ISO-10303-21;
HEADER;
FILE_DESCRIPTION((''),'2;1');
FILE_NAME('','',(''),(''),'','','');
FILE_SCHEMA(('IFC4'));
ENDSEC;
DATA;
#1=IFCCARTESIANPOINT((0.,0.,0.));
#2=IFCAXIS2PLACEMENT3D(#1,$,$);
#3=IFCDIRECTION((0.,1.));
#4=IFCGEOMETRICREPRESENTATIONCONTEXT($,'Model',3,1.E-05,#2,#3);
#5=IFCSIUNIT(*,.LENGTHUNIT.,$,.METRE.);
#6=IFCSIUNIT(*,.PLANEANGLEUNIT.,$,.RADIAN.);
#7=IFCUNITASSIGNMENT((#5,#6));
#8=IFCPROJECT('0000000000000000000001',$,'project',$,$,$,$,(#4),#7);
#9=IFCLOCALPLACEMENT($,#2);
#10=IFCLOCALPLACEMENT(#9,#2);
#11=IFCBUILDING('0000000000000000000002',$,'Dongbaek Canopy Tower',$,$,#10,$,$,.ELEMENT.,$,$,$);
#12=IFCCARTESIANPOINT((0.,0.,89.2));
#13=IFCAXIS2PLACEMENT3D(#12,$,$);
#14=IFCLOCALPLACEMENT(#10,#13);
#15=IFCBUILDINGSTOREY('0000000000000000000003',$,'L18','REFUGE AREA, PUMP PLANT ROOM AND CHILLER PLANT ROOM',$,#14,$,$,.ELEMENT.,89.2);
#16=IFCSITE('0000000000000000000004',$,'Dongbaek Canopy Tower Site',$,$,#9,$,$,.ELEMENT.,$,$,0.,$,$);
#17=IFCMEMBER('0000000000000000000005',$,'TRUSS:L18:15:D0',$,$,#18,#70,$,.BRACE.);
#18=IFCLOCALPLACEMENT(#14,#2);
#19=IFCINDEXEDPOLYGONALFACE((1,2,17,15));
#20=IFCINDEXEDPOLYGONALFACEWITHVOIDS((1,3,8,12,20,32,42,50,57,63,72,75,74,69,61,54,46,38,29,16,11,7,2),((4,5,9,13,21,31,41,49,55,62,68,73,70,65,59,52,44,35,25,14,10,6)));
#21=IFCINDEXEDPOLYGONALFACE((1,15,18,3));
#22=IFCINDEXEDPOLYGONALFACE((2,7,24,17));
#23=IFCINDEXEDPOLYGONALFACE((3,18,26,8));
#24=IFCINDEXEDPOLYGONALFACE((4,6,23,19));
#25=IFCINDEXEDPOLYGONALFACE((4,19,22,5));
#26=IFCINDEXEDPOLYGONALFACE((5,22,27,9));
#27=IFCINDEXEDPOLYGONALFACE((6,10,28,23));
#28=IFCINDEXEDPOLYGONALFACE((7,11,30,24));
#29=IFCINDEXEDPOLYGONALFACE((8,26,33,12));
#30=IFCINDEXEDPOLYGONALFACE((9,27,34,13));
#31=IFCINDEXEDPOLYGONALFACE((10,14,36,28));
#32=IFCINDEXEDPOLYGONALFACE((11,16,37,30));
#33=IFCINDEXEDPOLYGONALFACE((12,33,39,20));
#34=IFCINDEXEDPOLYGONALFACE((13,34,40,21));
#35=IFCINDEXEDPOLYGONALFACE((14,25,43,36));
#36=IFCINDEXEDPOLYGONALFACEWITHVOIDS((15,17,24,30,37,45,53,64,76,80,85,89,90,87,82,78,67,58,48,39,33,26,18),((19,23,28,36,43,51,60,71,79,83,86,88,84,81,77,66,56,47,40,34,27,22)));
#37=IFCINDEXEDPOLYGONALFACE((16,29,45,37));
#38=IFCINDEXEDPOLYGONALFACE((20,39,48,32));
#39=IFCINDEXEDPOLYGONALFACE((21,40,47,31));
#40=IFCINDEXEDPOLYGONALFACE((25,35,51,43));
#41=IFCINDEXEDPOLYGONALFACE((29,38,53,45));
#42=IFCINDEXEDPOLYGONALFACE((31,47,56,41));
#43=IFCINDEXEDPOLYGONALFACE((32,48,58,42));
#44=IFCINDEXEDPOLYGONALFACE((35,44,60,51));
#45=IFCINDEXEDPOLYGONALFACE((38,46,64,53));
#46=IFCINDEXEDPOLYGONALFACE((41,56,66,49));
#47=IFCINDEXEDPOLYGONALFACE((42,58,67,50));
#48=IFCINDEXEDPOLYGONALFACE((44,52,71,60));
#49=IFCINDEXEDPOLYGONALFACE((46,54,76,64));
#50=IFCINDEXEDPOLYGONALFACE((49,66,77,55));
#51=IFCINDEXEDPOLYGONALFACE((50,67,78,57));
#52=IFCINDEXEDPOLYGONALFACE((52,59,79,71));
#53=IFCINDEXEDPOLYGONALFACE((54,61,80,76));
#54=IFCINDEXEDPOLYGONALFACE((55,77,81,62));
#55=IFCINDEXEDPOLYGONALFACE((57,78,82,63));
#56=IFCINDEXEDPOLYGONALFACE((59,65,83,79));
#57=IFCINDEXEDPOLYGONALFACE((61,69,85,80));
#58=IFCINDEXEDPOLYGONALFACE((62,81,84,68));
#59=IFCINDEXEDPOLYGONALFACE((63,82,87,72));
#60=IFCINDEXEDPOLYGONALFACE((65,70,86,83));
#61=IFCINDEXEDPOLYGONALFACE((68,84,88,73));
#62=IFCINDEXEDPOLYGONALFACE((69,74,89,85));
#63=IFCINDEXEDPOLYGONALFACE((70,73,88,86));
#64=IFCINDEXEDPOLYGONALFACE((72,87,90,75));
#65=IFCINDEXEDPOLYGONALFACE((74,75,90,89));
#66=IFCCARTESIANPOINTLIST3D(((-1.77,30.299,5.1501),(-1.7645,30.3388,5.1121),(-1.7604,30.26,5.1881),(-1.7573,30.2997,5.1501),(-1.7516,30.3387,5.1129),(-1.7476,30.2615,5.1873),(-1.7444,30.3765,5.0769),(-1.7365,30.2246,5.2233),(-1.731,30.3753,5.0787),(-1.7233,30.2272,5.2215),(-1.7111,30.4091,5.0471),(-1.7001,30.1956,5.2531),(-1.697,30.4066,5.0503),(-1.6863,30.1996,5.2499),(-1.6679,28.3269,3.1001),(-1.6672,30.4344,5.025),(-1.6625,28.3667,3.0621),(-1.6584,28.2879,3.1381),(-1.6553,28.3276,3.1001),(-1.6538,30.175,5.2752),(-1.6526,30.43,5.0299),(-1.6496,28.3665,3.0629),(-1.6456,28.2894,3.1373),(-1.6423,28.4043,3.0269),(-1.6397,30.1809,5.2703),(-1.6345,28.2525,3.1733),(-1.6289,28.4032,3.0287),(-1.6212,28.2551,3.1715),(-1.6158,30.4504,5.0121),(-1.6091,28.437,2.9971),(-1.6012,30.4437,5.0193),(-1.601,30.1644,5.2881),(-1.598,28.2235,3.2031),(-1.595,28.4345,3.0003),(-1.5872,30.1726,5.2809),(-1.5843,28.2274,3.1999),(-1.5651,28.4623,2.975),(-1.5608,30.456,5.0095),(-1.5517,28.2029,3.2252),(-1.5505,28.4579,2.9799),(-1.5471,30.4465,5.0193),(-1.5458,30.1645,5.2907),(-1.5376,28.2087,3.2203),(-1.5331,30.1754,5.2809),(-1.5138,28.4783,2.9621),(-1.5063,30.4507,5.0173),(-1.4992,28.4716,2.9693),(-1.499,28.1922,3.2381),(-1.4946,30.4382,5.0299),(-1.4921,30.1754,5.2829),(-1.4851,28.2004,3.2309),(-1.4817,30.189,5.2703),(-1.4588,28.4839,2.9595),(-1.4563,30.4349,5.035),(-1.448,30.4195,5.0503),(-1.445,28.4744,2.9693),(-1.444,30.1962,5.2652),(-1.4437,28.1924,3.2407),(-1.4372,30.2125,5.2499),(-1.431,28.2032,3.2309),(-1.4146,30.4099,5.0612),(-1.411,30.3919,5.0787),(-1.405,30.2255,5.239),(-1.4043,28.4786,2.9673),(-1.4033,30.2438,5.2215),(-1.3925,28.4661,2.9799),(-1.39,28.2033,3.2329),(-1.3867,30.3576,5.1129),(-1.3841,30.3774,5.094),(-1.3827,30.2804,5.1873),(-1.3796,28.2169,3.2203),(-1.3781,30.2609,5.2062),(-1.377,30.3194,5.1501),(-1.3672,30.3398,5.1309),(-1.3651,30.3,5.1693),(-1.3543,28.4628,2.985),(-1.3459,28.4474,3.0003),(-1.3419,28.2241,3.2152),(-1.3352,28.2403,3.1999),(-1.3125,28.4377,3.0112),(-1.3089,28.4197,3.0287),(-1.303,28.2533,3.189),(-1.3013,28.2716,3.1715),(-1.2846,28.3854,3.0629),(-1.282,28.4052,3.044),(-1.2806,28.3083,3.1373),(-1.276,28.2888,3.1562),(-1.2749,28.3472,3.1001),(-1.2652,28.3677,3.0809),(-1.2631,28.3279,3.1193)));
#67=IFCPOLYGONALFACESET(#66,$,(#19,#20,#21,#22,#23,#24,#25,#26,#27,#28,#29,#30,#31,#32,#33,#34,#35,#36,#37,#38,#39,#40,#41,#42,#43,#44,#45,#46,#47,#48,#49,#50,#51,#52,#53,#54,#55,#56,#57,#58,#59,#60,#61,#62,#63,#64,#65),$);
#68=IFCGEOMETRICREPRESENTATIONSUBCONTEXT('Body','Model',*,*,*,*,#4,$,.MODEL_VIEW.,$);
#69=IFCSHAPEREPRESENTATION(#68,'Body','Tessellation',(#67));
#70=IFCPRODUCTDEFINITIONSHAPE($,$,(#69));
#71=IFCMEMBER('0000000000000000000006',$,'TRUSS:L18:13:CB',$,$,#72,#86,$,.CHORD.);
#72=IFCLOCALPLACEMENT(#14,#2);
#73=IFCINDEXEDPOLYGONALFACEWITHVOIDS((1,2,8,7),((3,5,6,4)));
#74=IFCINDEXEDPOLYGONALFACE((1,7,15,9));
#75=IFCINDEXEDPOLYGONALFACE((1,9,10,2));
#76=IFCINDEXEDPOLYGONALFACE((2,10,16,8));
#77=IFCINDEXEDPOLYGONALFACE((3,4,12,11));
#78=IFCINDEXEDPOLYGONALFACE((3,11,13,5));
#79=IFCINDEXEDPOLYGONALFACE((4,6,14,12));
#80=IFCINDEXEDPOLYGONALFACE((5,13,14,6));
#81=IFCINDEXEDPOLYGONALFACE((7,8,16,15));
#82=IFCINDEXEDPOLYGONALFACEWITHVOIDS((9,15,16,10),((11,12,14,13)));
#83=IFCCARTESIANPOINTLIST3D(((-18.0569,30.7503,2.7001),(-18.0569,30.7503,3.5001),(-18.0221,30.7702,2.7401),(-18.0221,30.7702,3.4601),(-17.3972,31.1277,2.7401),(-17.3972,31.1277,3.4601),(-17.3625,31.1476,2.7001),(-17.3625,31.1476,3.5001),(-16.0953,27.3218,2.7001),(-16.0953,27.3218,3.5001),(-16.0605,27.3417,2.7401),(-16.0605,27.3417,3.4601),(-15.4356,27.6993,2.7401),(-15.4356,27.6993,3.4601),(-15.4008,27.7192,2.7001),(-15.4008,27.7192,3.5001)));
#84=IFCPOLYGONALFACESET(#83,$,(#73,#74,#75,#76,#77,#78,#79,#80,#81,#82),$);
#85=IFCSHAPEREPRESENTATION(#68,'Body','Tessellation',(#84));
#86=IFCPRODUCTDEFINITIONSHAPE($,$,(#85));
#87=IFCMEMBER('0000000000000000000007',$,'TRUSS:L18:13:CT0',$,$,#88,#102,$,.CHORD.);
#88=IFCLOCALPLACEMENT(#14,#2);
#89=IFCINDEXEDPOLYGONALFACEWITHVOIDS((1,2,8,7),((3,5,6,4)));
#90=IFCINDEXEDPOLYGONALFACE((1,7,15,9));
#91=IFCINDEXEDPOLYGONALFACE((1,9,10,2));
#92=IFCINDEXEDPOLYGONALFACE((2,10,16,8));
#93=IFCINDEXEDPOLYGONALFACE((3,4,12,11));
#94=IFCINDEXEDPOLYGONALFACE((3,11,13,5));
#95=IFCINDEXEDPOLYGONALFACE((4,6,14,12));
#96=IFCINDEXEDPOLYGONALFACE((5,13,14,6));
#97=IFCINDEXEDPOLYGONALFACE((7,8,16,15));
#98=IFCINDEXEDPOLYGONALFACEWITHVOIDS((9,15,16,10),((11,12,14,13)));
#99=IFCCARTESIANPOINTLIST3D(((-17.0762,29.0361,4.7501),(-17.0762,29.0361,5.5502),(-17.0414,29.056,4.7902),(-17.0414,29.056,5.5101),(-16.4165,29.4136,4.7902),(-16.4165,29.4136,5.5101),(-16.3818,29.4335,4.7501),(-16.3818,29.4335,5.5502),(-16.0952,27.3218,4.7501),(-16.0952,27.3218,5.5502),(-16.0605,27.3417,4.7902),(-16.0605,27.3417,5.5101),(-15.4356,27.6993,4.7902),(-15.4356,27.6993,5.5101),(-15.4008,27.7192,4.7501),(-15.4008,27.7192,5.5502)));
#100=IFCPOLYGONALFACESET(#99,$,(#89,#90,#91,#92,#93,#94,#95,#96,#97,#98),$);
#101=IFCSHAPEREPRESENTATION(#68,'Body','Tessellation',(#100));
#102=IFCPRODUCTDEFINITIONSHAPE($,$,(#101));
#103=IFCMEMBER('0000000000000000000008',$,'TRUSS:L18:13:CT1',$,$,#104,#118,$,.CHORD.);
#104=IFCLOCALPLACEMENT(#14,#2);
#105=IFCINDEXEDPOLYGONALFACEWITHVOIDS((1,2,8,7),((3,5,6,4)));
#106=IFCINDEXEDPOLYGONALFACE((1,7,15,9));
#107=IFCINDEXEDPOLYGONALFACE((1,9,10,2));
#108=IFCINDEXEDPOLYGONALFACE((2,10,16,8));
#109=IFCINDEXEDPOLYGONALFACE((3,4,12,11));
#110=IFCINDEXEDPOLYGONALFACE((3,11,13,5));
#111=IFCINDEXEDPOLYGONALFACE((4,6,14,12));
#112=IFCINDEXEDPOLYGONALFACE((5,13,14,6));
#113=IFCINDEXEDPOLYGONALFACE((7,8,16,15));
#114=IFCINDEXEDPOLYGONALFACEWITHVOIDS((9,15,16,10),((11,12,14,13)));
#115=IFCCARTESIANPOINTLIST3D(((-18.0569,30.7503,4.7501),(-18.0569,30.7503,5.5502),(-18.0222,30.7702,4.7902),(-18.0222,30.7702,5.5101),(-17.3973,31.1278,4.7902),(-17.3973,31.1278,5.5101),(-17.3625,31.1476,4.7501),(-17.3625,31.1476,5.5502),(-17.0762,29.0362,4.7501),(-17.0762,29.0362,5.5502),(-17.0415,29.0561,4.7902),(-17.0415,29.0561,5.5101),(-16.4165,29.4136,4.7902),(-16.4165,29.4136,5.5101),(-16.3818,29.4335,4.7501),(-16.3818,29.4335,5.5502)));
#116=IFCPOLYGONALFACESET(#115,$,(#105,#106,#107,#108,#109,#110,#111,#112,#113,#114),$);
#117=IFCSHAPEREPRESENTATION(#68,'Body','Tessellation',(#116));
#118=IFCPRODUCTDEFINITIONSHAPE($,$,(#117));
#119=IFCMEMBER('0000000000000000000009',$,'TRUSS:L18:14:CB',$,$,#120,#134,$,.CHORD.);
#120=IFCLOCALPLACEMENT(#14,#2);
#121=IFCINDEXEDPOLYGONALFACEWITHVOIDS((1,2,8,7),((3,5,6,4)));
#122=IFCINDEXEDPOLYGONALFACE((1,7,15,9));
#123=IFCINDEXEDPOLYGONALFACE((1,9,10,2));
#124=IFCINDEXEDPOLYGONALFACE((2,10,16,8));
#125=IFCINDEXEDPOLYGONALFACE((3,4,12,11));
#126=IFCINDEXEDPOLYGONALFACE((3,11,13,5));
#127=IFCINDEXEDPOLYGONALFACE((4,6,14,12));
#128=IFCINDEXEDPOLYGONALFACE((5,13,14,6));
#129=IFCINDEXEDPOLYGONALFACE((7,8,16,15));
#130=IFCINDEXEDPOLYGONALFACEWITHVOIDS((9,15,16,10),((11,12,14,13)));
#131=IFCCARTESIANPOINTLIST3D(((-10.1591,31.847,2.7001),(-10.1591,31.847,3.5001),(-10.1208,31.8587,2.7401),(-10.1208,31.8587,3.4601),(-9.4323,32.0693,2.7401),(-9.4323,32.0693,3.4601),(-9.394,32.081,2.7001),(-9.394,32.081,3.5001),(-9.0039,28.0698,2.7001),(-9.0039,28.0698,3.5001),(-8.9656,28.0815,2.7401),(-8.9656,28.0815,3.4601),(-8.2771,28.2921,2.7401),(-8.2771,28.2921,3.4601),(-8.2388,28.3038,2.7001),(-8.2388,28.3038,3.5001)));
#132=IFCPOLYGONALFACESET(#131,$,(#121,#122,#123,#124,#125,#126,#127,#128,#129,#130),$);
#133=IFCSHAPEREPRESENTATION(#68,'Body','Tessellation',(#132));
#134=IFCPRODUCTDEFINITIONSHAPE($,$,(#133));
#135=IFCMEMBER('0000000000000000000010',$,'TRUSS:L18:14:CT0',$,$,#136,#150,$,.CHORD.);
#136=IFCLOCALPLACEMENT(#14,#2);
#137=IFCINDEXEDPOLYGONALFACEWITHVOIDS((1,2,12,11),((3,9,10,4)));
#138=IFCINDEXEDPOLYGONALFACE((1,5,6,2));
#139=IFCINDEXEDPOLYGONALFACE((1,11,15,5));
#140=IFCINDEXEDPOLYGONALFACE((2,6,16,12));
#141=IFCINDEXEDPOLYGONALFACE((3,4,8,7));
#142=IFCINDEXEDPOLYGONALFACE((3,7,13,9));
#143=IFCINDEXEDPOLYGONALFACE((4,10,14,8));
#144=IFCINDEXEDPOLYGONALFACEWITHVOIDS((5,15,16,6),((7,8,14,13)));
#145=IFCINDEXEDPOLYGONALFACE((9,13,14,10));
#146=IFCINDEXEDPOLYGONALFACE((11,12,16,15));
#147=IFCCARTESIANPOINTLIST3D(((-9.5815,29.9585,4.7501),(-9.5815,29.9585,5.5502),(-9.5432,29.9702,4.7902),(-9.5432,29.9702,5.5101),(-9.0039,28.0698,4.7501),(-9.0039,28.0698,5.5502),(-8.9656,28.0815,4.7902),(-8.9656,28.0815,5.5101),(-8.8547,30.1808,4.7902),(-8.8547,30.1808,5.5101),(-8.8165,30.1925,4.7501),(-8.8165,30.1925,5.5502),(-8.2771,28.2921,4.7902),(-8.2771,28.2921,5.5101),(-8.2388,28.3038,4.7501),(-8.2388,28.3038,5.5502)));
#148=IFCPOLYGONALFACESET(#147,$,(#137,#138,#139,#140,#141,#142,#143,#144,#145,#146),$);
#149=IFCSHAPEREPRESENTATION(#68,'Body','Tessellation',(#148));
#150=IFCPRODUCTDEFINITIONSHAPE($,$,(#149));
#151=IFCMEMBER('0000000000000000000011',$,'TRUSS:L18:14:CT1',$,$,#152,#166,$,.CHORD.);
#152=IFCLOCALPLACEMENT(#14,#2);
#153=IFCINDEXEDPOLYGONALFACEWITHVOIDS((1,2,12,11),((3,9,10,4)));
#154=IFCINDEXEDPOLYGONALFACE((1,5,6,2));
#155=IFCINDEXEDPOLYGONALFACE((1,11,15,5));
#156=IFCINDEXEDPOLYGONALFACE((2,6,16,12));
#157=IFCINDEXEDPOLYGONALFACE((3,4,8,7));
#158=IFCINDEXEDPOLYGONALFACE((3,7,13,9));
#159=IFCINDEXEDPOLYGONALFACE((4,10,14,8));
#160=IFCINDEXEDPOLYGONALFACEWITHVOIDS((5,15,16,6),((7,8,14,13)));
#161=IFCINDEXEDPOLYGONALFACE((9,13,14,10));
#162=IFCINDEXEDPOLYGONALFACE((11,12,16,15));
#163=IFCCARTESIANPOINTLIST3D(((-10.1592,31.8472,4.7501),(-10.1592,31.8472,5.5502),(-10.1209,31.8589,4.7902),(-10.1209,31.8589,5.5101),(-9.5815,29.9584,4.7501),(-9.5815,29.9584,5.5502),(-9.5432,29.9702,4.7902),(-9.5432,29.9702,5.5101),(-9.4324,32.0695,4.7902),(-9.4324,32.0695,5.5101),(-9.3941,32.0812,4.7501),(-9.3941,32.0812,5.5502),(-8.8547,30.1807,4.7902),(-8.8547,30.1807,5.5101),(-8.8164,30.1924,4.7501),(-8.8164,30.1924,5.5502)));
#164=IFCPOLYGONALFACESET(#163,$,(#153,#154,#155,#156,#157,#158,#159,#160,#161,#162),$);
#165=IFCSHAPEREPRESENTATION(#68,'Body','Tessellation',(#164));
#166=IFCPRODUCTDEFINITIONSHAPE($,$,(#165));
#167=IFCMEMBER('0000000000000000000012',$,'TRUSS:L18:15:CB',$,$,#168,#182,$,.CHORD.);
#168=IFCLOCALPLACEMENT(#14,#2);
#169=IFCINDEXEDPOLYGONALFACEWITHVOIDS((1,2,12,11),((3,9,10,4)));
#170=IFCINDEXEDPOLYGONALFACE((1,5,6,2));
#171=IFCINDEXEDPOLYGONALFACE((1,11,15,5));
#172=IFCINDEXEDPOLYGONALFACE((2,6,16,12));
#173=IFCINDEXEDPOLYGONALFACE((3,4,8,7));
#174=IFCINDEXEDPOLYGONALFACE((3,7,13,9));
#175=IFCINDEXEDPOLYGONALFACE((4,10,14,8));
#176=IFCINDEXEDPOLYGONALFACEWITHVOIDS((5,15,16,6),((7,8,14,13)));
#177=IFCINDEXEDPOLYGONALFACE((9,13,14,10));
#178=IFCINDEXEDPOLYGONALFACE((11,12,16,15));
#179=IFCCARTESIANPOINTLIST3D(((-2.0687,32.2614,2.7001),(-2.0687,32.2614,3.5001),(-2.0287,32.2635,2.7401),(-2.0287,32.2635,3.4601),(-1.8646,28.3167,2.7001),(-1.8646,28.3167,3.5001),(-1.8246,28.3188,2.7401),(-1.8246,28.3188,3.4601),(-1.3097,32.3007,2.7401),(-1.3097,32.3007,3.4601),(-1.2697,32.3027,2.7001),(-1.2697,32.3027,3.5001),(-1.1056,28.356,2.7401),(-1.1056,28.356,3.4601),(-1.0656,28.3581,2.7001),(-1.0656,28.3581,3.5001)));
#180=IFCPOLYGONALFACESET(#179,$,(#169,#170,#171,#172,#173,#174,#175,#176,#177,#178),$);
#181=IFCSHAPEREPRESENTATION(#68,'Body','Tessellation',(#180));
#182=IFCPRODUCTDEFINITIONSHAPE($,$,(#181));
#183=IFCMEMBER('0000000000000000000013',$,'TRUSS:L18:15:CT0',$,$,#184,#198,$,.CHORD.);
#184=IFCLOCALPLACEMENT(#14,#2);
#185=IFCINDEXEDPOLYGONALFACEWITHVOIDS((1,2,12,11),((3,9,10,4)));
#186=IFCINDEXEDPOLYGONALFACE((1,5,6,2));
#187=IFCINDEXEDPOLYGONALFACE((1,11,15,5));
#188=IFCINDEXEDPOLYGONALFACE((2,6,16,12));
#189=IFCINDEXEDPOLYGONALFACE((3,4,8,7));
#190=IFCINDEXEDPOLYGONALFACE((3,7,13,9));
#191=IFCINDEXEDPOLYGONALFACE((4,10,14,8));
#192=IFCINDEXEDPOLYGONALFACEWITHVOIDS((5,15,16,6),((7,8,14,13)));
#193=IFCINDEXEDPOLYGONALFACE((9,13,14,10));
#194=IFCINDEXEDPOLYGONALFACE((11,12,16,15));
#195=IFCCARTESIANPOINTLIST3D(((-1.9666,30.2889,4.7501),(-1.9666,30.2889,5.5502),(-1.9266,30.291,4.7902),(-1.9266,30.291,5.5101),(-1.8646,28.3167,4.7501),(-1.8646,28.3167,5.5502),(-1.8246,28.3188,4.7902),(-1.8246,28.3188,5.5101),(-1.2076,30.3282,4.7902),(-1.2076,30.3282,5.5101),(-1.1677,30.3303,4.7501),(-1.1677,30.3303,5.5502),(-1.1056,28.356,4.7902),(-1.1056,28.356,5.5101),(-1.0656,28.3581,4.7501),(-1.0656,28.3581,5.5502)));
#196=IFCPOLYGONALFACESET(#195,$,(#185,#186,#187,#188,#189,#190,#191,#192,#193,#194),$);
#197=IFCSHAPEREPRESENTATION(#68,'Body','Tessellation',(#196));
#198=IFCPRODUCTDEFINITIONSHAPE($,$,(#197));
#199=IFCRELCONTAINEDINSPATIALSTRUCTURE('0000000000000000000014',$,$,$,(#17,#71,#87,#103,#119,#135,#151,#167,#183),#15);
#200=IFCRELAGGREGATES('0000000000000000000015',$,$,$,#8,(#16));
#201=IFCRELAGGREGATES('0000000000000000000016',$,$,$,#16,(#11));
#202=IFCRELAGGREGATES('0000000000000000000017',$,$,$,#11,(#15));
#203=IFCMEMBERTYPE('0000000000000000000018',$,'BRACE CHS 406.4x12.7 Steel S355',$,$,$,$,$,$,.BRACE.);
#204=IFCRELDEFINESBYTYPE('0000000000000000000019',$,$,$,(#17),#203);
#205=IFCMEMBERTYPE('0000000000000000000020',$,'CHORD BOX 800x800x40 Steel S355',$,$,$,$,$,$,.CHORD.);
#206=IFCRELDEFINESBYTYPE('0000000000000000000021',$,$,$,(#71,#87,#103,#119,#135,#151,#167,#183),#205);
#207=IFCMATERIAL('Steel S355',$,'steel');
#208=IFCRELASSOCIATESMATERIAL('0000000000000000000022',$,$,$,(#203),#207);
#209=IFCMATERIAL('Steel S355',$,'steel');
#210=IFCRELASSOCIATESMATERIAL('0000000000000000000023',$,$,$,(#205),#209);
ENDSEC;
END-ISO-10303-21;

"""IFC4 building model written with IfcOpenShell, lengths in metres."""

from ifc_helpers import new_model, si_unit, direction, frame, origin, origin_2d, place, context, subcontext, project, spatial, hollow_rectangle, hollow_circle, extrude, material, material_profile, profile_set, type_object, element, save


model = new_model("IFC4")

# Units and contexts
model_context = context("Model", 3, precision=1e-05, world=origin(), true_north=direction((0.0, 1.0)))
body_context = subcontext(model_context, "Body", "Model", "MODEL_VIEW")
ifc_project = project(units=[si_unit("LENGTHUNIT", "METRE"), si_unit("PLANEANGLEUNIT", "RADIAN")], contexts=[model_context])

# Site, building, storey
site_placement = place(None, origin())
site = spatial("IfcSite", under=ifc_project, at=site_placement, Name="Dongbaek Canopy Tower Site", CompositionType="ELEMENT", RefElevation=0.0)
building_placement = place(site_placement, origin())
building = spatial("IfcBuilding", under=site, at=building_placement, Name="Dongbaek Canopy Tower", CompositionType="ELEMENT")
storey_placement = place(building_placement, frame((0.0, 0.0, 89.2)))
storey = spatial("IfcBuildingStorey", under=building, at=storey_placement, Name="L18", Description="REFUGE AREA, PUMP PLANT ROOM AND CHILLER PLANT ROOM", CompositionType="ELEMENT", Elevation=89.2)

# Members
ifc_material_1 = material(Name="Steel S355", Category="steel")
ifc_material_profile_1 = material_profile(ifc_material_1, hollow_circle(Radius=0.2031, WallThickness=0.0127, at=origin_2d()), Name="BRACE CHS 406.4x12.7 Steel S355")
ifc_profile_set_1 = profile_set([ifc_material_profile_1], Name="Steel S355")
member_type_1 = type_object("IfcMemberType", Name="BRACE CHS 406.4x12.7 Steel S355", PredefinedType="BRACE", material=ifc_profile_set_1)
member_1_placement = place(storey_placement, frame((-1.4651, 28.3374, 3.1001), z_axis=(-0.035851, 0.69284, 0.7202), x_axis=(-0.998664, -0.051676, 0.0)))
element("IfcMember", 1, at=member_1_placement, inside=storey, type_object=member_type_1, Name="TRUSS:L18:15:D0", PredefinedType="BRACE", context=body_context, shape_type="SweptSolid", body=[
    extrude(hollow_circle(Radius=0.2031, WallThickness=0.0127, at=origin_2d()), origin(), (0.0, 0.0, 1.0), 2.8464),
])
ifc_material_2 = material(Name="Steel S355", Category="steel")
ifc_material_profile_2 = material_profile(ifc_material_2, hollow_rectangle(XDim=0.8, YDim=0.8, WallThickness=0.04, at=origin_2d()), Name="CHORD BOX 800x800x40 Steel S355")
ifc_profile_set_2 = profile_set([ifc_material_profile_2], Name="Steel S355")
member_type_2 = type_object("IfcMemberType", Name="CHORD BOX 800x800x40 Steel S355", PredefinedType="CHORD", material=ifc_profile_set_2)
member_2_placement = place(storey_placement, frame((-15.748, 27.5205, 3.1001), z_axis=(-0.496625, 0.867965, 0.0), x_axis=(-0.867965, -0.496625, 0.0)))
element("IfcMember", 2, at=member_2_placement, inside=storey, type_object=member_type_2, Name="TRUSS:L18:13:CB", PredefinedType="CHORD", context=body_context, shape_type="SweptSolid", body=[
    extrude(hollow_rectangle(XDim=0.8, YDim=0.8, WallThickness=0.04, at=origin_2d()), origin(), (0.0, 0.0, 1.0), 3.95),
])
member_3_placement = place(storey_placement, frame((-15.748, 27.5205, 5.1501), z_axis=(-0.496645, 0.867954, 0.0), x_axis=(-0.867954, -0.496645, 0.0)))
element("IfcMember", 3, at=member_3_placement, inside=storey, type_object=member_type_2, Name="TRUSS:L18:13:CT0", PredefinedType="CHORD", context=body_context, shape_type="SweptSolid", body=[
    extrude(hollow_rectangle(XDim=0.8, YDim=0.8, WallThickness=0.04, at=origin_2d()), origin(), (0.0, 0.0, 1.0), 1.9751),
])
member_4_placement = place(storey_placement, frame((-16.729, 29.2349, 5.1501), z_axis=(-0.496605, 0.867977, 0.0), x_axis=(-0.867977, -0.496605, 0.0)))
element("IfcMember", 4, at=member_4_placement, inside=storey, type_object=member_type_2, Name="TRUSS:L18:13:CT1", PredefinedType="CHORD", context=body_context, shape_type="SweptSolid", body=[
    extrude(hollow_rectangle(XDim=0.8, YDim=0.8, WallThickness=0.04, at=origin_2d()), origin(), (0.0, 0.0, 1.0), 1.9749),
])
member_5_placement = place(storey_placement, frame((-8.6213, 28.1868, 3.1001), z_axis=(-0.29247, 0.956275, 0.0), x_axis=(-0.956275, -0.29247, 0.0)))
element("IfcMember", 5, at=member_5_placement, inside=storey, type_object=member_type_2, Name="TRUSS:L18:14:CB", PredefinedType="CHORD", context=body_context, shape_type="SweptSolid", body=[
    extrude(hollow_rectangle(XDim=0.8, YDim=0.8, WallThickness=0.04, at=origin_2d()), origin(), (0.0, 0.0, 1.0), 3.95),
])
for number, where, z_axis, x_axis, name in (
    (6, (-8.6213, 28.1868, 5.1501), (-0.29247, 0.956275, 0.0), (-0.956275, -0.29247, 0.0), "TRUSS:L18:14:CT0"),
    (7, (-9.199, 30.0754, 5.1501), (-0.29247, 0.956275, 0.0), (-0.956275, -0.29247, 0.0), "TRUSS:L18:14:CT1"),
):
    element("IfcMember", number, at=place(storey_placement, frame(where, z_axis=z_axis, x_axis=x_axis)), inside=storey, type_object=member_type_2, Name=name, PredefinedType="CHORD", context=body_context, shape_type="SweptSolid", body=[
        extrude(hollow_rectangle(XDim=0.8, YDim=0.8, WallThickness=0.04, at=origin_2d()), origin(), (0.0, 0.0, 1.0), 1.9751),
    ])
member_6_placement = place(storey_placement, frame((-1.4651, 28.3374, 3.1001), z_axis=(-0.051673, 0.998664, 0.0), x_axis=(-0.998664, -0.051673, 0.0)))
element("IfcMember", 8, at=member_6_placement, inside=storey, type_object=member_type_2, Name="TRUSS:L18:15:CB", PredefinedType="CHORD", context=body_context, shape_type="SweptSolid", body=[
    extrude(hollow_rectangle(XDim=0.8, YDim=0.8, WallThickness=0.04, at=origin_2d()), origin(), (0.0, 0.0, 1.0), 3.95),
])
member_7_placement = place(storey_placement, frame((-1.4651, 28.3374, 5.1501), z_axis=(-0.051676, 0.998664, 0.0), x_axis=(-0.998664, -0.051676, 0.0)))
element("IfcMember", 9, at=member_7_placement, inside=storey, type_object=member_type_2, Name="TRUSS:L18:15:CT0", PredefinedType="CHORD", context=body_context, shape_type="SweptSolid", body=[
    extrude(hollow_rectangle(XDim=0.8, YDim=0.8, WallThickness=0.04, at=origin_2d()), origin(), (0.0, 0.0, 1.0), 1.9749),
])

save(model, "model.ifc")
